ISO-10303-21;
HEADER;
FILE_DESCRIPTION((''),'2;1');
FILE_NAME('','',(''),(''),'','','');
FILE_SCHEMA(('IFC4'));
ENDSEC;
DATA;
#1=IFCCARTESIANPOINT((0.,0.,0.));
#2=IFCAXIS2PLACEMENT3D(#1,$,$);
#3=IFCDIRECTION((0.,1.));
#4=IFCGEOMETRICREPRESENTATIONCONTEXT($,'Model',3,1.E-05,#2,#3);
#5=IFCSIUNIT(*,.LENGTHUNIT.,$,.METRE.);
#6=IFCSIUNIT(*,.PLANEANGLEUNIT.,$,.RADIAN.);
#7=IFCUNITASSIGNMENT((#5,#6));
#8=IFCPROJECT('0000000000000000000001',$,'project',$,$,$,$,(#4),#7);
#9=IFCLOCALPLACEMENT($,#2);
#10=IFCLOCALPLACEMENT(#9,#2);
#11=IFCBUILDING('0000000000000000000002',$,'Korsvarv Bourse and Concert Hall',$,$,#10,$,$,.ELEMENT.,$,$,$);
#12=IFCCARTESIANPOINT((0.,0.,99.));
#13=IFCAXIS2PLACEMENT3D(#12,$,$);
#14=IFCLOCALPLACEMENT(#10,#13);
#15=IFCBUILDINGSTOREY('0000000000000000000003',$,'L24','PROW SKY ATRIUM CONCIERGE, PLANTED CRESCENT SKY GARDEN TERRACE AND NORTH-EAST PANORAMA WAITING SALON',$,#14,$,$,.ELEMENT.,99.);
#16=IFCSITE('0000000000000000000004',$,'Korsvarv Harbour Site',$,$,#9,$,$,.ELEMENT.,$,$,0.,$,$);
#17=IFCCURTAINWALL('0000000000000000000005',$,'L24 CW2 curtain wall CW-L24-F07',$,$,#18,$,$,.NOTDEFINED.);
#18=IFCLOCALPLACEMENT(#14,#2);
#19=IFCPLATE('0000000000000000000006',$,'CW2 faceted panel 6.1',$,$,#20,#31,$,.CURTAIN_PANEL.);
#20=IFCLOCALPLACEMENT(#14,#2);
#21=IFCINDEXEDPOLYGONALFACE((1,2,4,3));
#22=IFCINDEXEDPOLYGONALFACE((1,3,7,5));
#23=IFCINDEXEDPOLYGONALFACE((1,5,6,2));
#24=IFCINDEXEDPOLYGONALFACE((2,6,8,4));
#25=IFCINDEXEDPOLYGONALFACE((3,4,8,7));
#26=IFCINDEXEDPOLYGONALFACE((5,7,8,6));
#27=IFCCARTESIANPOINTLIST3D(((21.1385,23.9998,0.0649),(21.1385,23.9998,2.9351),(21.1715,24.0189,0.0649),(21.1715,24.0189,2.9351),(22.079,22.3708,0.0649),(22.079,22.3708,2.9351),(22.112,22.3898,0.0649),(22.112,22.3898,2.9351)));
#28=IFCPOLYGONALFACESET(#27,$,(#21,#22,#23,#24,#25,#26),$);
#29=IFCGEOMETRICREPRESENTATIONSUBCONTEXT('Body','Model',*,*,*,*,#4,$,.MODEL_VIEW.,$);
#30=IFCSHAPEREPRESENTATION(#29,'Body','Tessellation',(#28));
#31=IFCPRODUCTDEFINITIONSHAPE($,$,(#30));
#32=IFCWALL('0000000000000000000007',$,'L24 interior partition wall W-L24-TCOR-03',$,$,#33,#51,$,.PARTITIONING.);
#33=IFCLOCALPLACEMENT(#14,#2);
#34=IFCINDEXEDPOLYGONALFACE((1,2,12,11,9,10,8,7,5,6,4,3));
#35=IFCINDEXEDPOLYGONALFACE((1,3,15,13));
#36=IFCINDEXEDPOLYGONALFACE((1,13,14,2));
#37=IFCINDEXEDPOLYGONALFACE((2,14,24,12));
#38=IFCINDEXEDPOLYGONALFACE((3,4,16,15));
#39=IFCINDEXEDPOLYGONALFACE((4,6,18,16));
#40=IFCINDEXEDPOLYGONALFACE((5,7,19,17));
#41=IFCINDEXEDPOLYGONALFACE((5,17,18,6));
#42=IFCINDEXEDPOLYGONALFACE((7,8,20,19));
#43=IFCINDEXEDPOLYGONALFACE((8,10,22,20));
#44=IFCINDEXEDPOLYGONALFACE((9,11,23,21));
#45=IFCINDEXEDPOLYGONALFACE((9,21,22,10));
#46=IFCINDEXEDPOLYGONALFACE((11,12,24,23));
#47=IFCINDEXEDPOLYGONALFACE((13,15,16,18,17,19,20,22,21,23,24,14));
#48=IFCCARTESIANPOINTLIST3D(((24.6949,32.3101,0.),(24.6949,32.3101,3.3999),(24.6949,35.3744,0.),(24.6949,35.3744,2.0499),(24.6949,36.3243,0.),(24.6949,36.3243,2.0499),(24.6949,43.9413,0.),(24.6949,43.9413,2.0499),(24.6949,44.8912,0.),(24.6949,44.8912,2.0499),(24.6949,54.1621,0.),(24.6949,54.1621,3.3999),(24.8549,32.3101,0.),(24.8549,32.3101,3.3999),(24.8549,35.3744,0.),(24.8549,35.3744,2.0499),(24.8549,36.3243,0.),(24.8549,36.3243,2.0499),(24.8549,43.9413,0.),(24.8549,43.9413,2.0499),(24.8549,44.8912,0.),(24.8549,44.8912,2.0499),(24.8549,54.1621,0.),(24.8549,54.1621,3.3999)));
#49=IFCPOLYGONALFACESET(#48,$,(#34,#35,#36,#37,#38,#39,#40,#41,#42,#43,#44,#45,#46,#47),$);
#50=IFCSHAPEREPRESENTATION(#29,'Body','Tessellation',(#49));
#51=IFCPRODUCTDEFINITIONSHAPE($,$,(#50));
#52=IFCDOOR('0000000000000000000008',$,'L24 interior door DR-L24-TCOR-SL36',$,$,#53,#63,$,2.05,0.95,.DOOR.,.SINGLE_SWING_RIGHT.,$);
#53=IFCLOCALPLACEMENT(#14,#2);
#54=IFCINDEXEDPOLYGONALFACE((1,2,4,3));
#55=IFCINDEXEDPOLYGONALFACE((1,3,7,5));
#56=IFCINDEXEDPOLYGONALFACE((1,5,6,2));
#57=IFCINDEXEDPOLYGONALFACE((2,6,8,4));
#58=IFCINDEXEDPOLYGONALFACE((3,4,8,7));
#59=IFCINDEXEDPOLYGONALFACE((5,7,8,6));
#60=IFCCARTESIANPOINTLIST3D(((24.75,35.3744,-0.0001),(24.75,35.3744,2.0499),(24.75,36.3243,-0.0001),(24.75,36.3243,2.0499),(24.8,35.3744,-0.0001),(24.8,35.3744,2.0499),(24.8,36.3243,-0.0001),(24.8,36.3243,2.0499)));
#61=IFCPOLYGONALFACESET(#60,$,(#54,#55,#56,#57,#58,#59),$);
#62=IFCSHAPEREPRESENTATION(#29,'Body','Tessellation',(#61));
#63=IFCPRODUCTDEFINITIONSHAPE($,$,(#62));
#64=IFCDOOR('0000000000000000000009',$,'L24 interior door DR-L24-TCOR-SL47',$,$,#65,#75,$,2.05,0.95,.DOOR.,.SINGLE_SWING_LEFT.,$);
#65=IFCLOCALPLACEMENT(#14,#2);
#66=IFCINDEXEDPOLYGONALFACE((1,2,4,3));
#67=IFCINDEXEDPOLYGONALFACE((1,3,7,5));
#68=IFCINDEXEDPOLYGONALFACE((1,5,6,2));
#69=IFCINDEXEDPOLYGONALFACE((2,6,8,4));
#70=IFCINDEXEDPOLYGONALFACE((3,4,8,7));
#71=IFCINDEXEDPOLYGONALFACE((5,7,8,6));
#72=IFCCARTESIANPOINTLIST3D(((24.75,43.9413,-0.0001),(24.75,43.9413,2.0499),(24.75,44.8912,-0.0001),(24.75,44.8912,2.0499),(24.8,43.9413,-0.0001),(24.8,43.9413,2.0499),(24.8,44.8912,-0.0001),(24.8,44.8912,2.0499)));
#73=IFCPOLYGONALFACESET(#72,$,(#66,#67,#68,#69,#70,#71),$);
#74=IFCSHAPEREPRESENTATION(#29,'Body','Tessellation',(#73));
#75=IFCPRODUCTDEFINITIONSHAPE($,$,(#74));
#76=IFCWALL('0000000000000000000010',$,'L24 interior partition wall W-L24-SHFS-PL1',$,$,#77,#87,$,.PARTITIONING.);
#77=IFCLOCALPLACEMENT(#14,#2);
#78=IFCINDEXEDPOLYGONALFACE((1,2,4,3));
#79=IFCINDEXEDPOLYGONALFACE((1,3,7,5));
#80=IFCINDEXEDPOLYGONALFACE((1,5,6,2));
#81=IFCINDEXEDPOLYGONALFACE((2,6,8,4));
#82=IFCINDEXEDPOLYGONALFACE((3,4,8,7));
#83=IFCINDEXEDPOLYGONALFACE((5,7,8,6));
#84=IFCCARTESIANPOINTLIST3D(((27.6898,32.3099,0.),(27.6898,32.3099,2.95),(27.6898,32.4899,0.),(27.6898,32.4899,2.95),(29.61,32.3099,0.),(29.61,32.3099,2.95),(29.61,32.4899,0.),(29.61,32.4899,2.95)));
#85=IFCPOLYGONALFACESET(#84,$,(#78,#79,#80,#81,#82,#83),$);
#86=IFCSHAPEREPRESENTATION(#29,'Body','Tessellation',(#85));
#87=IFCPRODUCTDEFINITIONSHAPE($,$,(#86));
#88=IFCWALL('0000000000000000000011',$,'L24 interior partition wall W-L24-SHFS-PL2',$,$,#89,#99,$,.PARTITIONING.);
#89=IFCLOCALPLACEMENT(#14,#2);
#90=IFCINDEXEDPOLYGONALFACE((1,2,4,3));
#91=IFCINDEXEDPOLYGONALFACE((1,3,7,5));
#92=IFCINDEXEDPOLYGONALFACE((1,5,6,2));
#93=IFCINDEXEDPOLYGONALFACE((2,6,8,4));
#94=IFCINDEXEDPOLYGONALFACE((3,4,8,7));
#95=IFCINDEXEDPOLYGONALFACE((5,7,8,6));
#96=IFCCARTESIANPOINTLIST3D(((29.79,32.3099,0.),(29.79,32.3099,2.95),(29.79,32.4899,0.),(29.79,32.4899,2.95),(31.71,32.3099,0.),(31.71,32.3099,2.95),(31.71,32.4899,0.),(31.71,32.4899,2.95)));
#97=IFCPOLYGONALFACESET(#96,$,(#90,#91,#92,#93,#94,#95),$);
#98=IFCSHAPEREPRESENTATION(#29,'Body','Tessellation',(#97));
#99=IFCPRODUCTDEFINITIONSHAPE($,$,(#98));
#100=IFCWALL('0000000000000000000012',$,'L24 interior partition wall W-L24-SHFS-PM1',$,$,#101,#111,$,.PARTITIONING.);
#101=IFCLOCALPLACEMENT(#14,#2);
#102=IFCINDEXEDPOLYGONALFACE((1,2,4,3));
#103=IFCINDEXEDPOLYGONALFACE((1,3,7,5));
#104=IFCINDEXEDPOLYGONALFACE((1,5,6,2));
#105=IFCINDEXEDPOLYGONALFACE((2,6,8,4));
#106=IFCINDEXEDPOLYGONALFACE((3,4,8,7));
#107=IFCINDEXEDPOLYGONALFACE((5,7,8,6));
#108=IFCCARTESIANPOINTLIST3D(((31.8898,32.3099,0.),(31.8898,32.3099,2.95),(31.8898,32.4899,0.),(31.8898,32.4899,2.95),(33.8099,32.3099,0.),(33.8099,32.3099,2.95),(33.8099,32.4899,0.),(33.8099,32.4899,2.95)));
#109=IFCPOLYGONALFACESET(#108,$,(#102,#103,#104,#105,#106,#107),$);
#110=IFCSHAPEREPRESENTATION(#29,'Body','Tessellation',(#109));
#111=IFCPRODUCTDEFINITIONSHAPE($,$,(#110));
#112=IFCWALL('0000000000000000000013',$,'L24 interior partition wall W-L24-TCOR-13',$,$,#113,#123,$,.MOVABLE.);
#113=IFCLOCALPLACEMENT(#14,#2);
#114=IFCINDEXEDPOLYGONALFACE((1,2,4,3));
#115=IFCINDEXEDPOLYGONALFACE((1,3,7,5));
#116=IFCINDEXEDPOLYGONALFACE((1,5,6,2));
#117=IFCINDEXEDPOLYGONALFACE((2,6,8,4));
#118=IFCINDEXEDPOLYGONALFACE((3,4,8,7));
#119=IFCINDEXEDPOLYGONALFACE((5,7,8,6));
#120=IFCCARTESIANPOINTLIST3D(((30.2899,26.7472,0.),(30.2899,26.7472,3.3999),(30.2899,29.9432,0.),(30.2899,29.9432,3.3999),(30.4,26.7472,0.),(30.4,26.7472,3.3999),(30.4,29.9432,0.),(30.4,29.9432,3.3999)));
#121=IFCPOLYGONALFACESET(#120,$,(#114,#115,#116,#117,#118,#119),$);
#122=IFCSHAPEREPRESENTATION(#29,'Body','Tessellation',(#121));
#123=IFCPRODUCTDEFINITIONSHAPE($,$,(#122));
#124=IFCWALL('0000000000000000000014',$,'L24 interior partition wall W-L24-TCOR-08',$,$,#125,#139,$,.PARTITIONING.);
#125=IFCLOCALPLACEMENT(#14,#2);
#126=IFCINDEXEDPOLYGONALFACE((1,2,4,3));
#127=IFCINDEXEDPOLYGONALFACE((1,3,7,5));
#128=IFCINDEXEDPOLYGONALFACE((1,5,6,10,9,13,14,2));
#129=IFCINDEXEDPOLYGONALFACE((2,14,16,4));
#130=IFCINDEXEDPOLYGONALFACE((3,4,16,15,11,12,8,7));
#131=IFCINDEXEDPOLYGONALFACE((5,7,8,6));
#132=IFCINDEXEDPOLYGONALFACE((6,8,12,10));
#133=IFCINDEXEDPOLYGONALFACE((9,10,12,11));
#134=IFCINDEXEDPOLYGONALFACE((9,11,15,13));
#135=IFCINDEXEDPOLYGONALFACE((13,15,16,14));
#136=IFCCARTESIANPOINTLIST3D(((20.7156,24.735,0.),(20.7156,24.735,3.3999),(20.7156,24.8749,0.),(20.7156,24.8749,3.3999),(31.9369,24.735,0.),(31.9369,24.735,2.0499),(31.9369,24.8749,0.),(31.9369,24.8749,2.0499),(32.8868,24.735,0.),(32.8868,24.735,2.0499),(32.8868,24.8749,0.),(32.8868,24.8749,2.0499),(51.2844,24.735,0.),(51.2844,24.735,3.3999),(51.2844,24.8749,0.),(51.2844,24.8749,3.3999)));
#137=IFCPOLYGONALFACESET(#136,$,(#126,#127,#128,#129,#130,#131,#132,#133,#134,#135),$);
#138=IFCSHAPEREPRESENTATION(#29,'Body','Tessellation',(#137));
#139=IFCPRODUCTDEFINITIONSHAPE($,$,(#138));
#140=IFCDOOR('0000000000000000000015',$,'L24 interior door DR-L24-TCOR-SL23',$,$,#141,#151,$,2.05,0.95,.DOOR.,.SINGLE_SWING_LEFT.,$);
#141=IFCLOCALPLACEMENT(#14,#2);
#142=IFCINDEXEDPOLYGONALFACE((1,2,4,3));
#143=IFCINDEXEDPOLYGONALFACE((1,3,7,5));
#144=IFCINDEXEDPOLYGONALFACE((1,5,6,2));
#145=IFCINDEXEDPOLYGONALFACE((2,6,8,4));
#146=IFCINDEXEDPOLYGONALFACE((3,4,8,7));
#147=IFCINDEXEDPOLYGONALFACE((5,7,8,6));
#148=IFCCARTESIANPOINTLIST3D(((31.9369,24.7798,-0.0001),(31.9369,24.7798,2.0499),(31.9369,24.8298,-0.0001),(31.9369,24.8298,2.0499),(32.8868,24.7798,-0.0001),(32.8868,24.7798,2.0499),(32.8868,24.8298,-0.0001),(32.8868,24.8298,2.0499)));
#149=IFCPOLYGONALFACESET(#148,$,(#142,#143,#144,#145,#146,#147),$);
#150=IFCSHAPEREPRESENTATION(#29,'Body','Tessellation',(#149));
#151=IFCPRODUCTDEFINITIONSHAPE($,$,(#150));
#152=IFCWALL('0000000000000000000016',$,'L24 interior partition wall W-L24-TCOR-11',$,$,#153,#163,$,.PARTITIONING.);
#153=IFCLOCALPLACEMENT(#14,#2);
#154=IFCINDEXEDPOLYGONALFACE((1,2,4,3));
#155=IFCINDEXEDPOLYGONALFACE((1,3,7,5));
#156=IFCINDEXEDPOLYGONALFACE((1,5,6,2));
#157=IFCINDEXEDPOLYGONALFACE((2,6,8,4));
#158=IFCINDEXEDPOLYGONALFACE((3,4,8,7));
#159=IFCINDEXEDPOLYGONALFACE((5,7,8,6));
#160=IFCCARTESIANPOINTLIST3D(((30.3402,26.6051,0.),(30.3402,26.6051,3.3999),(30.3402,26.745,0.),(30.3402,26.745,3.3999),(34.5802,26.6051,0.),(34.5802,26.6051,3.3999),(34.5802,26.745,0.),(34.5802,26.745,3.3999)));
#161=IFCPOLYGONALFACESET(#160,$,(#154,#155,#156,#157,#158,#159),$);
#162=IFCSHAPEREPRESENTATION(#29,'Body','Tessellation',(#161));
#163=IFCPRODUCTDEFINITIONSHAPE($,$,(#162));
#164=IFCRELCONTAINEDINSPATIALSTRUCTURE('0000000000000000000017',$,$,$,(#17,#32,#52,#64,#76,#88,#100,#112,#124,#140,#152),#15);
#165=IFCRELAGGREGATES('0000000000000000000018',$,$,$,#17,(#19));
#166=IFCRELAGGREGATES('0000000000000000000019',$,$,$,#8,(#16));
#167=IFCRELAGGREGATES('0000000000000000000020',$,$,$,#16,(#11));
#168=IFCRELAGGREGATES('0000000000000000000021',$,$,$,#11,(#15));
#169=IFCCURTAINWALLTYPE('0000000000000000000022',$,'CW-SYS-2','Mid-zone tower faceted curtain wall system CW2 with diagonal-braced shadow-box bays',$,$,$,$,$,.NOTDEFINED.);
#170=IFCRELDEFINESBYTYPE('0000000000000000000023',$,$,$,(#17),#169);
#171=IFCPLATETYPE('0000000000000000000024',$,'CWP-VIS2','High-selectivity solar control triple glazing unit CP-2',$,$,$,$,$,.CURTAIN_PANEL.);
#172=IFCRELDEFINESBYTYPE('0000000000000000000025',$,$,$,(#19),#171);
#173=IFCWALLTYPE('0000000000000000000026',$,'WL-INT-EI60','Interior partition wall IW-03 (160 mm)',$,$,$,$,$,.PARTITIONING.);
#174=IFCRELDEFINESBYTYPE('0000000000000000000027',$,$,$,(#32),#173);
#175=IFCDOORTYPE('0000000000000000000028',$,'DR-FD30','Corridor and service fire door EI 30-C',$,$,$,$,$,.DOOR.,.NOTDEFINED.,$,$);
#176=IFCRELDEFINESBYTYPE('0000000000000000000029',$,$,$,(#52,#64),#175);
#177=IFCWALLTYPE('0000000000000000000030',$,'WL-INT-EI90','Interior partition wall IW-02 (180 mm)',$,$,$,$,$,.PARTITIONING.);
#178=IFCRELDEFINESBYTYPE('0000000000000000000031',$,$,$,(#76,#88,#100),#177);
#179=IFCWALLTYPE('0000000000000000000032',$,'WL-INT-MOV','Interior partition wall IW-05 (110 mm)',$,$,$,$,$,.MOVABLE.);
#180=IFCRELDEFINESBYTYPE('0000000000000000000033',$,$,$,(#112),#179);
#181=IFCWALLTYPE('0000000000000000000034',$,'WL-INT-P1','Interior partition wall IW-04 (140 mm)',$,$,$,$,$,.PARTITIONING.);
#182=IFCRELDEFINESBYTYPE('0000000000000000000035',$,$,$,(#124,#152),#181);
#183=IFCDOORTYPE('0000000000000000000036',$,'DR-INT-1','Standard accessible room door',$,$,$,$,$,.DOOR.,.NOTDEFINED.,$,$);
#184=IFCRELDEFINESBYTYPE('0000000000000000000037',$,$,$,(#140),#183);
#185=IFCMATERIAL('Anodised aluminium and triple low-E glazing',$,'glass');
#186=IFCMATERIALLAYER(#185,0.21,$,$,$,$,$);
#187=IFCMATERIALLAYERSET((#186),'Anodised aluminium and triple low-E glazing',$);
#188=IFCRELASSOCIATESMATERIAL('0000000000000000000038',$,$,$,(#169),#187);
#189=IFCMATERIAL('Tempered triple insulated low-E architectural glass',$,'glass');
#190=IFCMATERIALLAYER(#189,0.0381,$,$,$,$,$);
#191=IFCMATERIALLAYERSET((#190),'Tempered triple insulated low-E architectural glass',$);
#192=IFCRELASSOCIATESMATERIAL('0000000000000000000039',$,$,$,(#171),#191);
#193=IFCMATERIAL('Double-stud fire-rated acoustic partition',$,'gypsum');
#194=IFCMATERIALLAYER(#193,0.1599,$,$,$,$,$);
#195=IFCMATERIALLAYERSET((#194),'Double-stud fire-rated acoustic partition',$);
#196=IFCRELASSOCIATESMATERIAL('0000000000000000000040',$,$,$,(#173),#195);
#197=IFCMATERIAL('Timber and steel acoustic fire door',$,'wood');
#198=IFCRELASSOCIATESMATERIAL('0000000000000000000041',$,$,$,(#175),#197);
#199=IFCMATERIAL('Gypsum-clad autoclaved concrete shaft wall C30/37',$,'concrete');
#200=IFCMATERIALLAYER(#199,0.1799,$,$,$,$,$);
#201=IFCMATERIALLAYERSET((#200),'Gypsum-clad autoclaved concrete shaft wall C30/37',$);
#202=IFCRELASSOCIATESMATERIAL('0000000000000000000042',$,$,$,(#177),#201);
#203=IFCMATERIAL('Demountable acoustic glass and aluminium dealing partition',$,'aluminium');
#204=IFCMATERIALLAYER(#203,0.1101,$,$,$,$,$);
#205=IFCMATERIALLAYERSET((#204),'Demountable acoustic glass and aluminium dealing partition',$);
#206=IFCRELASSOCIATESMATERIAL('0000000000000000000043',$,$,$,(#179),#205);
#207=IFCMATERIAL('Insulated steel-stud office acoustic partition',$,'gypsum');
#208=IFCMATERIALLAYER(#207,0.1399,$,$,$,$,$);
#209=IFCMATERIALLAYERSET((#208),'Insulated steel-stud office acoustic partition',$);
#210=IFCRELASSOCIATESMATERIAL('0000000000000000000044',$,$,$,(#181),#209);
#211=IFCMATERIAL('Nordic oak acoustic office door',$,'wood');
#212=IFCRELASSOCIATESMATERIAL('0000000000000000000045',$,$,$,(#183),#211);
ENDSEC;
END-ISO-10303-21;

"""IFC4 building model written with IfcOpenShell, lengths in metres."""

from ifc_helpers import new_model, si_unit, direction, frame, frame_2d, origin, origin_2d, place, context, subcontext, project, spatial, rectangle, extrude, source, transform, mapped, material, layer, layer_set, type_object, element, fill, aggregate, save


model = new_model("IFC4")

# Units and contexts
model_context = context("Model", 3, precision=1e-05, world=origin(), true_north=direction((0.0, 1.0)))
body_context = subcontext(model_context, "Body", "Model", "MODEL_VIEW")
ifc_project = project(units=[si_unit("LENGTHUNIT", "METRE"), si_unit("PLANEANGLEUNIT", "RADIAN")], contexts=[model_context])

# Site, building, storey
site_placement = place(None, origin())
site = spatial("IfcSite", under=ifc_project, at=site_placement, Name="Korsvarv Harbour Site", CompositionType="ELEMENT", RefElevation=0.0)
building_placement = place(site_placement, origin())
building = spatial("IfcBuilding", under=site, at=building_placement, Name="Korsvarv Bourse and Concert Hall", CompositionType="ELEMENT")
storey_placement = place(building_placement, frame((0.0, 0.0, 99.0)))
storey = spatial("IfcBuildingStorey", under=building, at=storey_placement, Name="L24", Description="PROW SKY ATRIUM CONCIERGE, PLANTED CRESCENT SKY GARDEN TERRACE AND NORTH-EAST PANORAMA WAITING SALON", CompositionType="ELEMENT", Elevation=99.0)

# Curtain wall, plate
ifc_material_1 = material(Name="Anodised aluminium and triple low-E glazing", Category="glass")
ifc_layer_1 = layer(ifc_material_1, 0.21)
ifc_layer_set_1 = layer_set([ifc_layer_1], Name="Anodised aluminium and triple low-E glazing")
curtain_wall_type = type_object("IfcCurtainWallType", Name="CW-SYS-2", Description="Mid-zone tower faceted curtain wall system CW2 with diagonal-braced shadow-box bays", PredefinedType="NOTDEFINED", material=ifc_layer_set_1)
curtain_wall_placement = place(storey_placement, origin())
curtain_wall = element("IfcCurtainWall", 1, at=curtain_wall_placement, inside=storey, type_object=curtain_wall_type, Name="L24 CW2 curtain wall CW-L24-F07", PredefinedType="NOTDEFINED")
ifc_material_2 = material(Name="Tempered triple insulated low-E architectural glass", Category="glass")
ifc_layer_2 = layer(ifc_material_2, 0.0381)
ifc_layer_set_2 = layer_set([ifc_layer_2], Name="Tempered triple insulated low-E architectural glass")
plate_type = type_object("IfcPlateType", Name="CWP-VIS2", Description="High-selectivity solar control triple glazing unit CP-2", PredefinedType="CURTAIN_PANEL", material=ifc_layer_set_2)
shared_shape_1 = source(origin(), body_context, "Body", "SweptSolid", [
    extrude(rectangle(XDim=1.8811, YDim=0.0381, at=origin_2d()), origin(), (0.0, 0.0, 1.0), 2.8701),
])
plate_placement = place(storey_placement, frame((21.6252, 23.1948, 0.0649), z_axis=(0.0, 0.0, 1.0), x_axis=(0.500002, -0.866024, 0.0)))
plate = element("IfcPlate", 2, at=plate_placement, type_object=plate_type, Name="CW2 faceted panel 6.1", PredefinedType="CURTAIN_PANEL", context=body_context, shape_type="MappedRepresentation", body=[
    mapped(shared_shape_1, transform((0.0, 0.0, 0.0), scale=1.0)),
])
aggregate(curtain_wall, [plate])

# Wall, openings, doors
ifc_material_3 = material(Name="Double-stud fire-rated acoustic partition", Category="gypsum")
ifc_layer_3 = layer(ifc_material_3, 0.1599)
ifc_layer_set_3 = layer_set([ifc_layer_3], Name="Double-stud fire-rated acoustic partition")
wall_type_1 = type_object("IfcWallType", Name="WL-INT-EI60", Description="Interior partition wall IW-03 (160 mm)", PredefinedType="PARTITIONING", material=ifc_layer_set_3)
wall_1_placement = place(storey_placement, frame((24.7749, 32.3101, 0.0), z_axis=(0.0, 0.0, 1.0), x_axis=(0.0, 1.0, 0.0)))
wall_1 = element("IfcWall", 3, at=wall_1_placement, inside=storey, type_object=wall_type_1, Name="L24 interior partition wall W-L24-TCOR-03", PredefinedType="PARTITIONING", context=body_context, shape_type="SweptSolid", body=[
    extrude(rectangle(XDim=21.8521, YDim=0.1599, at=frame_2d((10.926, 0.0))), origin(), (0.0, 0.0, 1.0), 3.3999),
])
opening_1_placement = place(wall_1_placement, frame((3.0642, 0.0, 0.0)))
opening_1 = element("IfcOpeningElement", 4, at=opening_1_placement, cuts=wall_1, PredefinedType="OPENING", context=body_context, shape_type="SweptSolid", body=[
    extrude(rectangle(XDim=0.95, YDim=2.05, at=frame_2d((0.4751, 1.0249))), frame((0.0, 0.0898, 0.0), z_axis=(0.0, -1.0, 0.0), x_axis=(1.0, 0.0, 0.0)), (0.0, 0.0, 1.0), 0.1799),
])
opening_2_placement = place(wall_1_placement, frame((11.6311, 0.0, 0.0)))
opening_2 = element("IfcOpeningElement", 5, at=opening_2_placement, cuts=wall_1, PredefinedType="OPENING", context=body_context, shape_type="SweptSolid", body=[
    extrude(rectangle(XDim=0.95, YDim=2.05, at=frame_2d((0.4751, 1.0249))), frame((0.0, 0.0898, 0.0), z_axis=(0.0, -1.0, 0.0), x_axis=(1.0, 0.0, 0.0)), (0.0, 0.0, 1.0), 0.1799),
])
ifc_material_4 = material(Name="Timber and steel acoustic fire door", Category="wood")
door_type_1 = type_object("IfcDoorType", Name="DR-FD30", Description="Corridor and service fire door EI 30-C", OperationType="NOTDEFINED", PredefinedType="DOOR", material=ifc_material_4)
door_1_placement = place(opening_1_placement, origin())
door_1 = element("IfcDoor", 6, at=door_1_placement, inside=storey, type_object=door_type_1, Name="L24 interior door DR-L24-TCOR-SL36", OperationType="SINGLE_SWING_RIGHT", OverallHeight=2.05, OverallWidth=0.95, PredefinedType="DOOR", context=body_context, shape_type="SweptSolid", body=[
    extrude(rectangle(XDim=0.95, YDim=2.05, at=frame_2d((0.4751, 1.0249))), frame((0.0, 0.0249, 0.0), z_axis=(0.0, -1.0, 0.0), x_axis=(1.0, 0.0, 0.0)), (0.0, 0.0, 1.0), 0.05),
])
fill(opening_1, door_1)
door_2_placement = place(opening_2_placement, origin())
door_2 = element("IfcDoor", 7, at=door_2_placement, inside=storey, type_object=door_type_1, Name="L24 interior door DR-L24-TCOR-SL47", OperationType="SINGLE_SWING_LEFT", OverallHeight=2.05, OverallWidth=0.95, PredefinedType="DOOR", context=body_context, shape_type="SweptSolid", body=[
    extrude(rectangle(XDim=0.95, YDim=2.05, at=frame_2d((0.4751, 1.0249))), frame((0.0, 0.0249, 0.0), z_axis=(0.0, -1.0, 0.0), x_axis=(1.0, 0.0, 0.0)), (0.0, 0.0, 1.0), 0.05),
])
fill(opening_2, door_2)

# Walls
ifc_material_5 = material(Name="Gypsum-clad autoclaved concrete shaft wall C30/37", Category="concrete")
ifc_layer_4 = layer(ifc_material_5, 0.1799)
ifc_layer_set_4 = layer_set([ifc_layer_4], Name="Gypsum-clad autoclaved concrete shaft wall C30/37")
wall_type_2 = type_object("IfcWallType", Name="WL-INT-EI90", Description="Interior partition wall IW-02 (180 mm)", PredefinedType="PARTITIONING", material=ifc_layer_set_4)
wall_2_placement = place(storey_placement, frame((27.6899, 32.3999, 0.0), z_axis=(0.0, 0.0, 1.0), x_axis=(1.0, 0.0, 0.0)))
element("IfcWall", 8, at=wall_2_placement, inside=storey, type_object=wall_type_2, Name="L24 interior partition wall W-L24-SHFS-PL1", PredefinedType="PARTITIONING", context=body_context, shape_type="SweptSolid", body=[
    extrude(rectangle(XDim=1.9202, YDim=0.1799, at=frame_2d((0.96, 0.0))), origin(), (0.0, 0.0, 1.0), 2.95),
])
wall_3_placement = place(storey_placement, frame((29.79, 32.3999, 0.0), z_axis=(0.0, 0.0, 1.0), x_axis=(1.0, 0.0, 0.0)))
element("IfcWall", 9, at=wall_3_placement, inside=storey, type_object=wall_type_2, Name="L24 interior partition wall W-L24-SHFS-PL2", PredefinedType="PARTITIONING", context=body_context, shape_type="SweptSolid", body=[
    extrude(rectangle(XDim=1.9199, YDim=0.1799, at=frame_2d((0.96, 0.0))), origin(), (0.0, 0.0, 1.0), 2.95),
])
wall_4_placement = place(storey_placement, frame((31.8899, 32.3999, 0.0), z_axis=(0.0, 0.0, 1.0), x_axis=(1.0, 0.0, 0.0)))
element("IfcWall", 10, at=wall_4_placement, inside=storey, type_object=wall_type_2, Name="L24 interior partition wall W-L24-SHFS-PM1", PredefinedType="PARTITIONING", context=body_context, shape_type="SweptSolid", body=[
    extrude(rectangle(XDim=1.9202, YDim=0.1799, at=frame_2d((0.96, 0.0))), origin(), (0.0, 0.0, 1.0), 2.95),
])
ifc_material_6 = material(Name="Demountable acoustic glass and aluminium dealing partition", Category="aluminium")
ifc_layer_5 = layer(ifc_material_6, 0.1101)
ifc_layer_set_5 = layer_set([ifc_layer_5], Name="Demountable acoustic glass and aluminium dealing partition")
wall_type_3 = type_object("IfcWallType", Name="WL-INT-MOV", Description="Interior partition wall IW-05 (110 mm)", PredefinedType="MOVABLE", material=ifc_layer_set_5)
wall_5_placement = place(storey_placement, frame((30.345, 26.7471, 0.0), z_axis=(0.0, 0.0, 1.0), x_axis=(0.0, 1.0, 0.0)))
element("IfcWall", 11, at=wall_5_placement, inside=storey, type_object=wall_type_3, Name="L24 interior partition wall W-L24-TCOR-13", PredefinedType="MOVABLE", context=body_context, shape_type="SweptSolid", body=[
    extrude(rectangle(XDim=3.196, YDim=0.1101, at=frame_2d((1.5981, 0.0))), origin(), (0.0, 0.0, 1.0), 3.3999),
])

# Wall, opening, door
ifc_material_7 = material(Name="Insulated steel-stud office acoustic partition", Category="gypsum")
ifc_layer_6 = layer(ifc_material_7, 0.1399)
ifc_layer_set_6 = layer_set([ifc_layer_6], Name="Insulated steel-stud office acoustic partition")
wall_type_4 = type_object("IfcWallType", Name="WL-INT-P1", Description="Interior partition wall IW-04 (140 mm)", PredefinedType="PARTITIONING", material=ifc_layer_set_6)
wall_6_placement = place(storey_placement, frame((20.7156, 24.8049, 0.0), z_axis=(0.0, 0.0, 1.0), x_axis=(1.0, 0.0, 0.0)))
wall_6 = element("IfcWall", 12, at=wall_6_placement, inside=storey, type_object=wall_type_4, Name="L24 interior partition wall W-L24-TCOR-08", PredefinedType="PARTITIONING", context=body_context, shape_type="SweptSolid", body=[
    extrude(rectangle(XDim=30.5688, YDim=0.1399, at=frame_2d((15.2844, 0.0))), origin(), (0.0, 0.0, 1.0), 3.3999),
])
opening_3_placement = place(wall_6_placement, frame((11.2212, 0.0, 0.0)))
opening_3 = element("IfcOpeningElement", 13, at=opening_3_placement, cuts=wall_6, PredefinedType="OPENING", context=body_context, shape_type="SweptSolid", body=[
    extrude(rectangle(XDim=0.95, YDim=2.05, at=frame_2d((0.4751, 1.0249))), frame((0.0, 0.0801, 0.0), z_axis=(0.0, -1.0, 0.0), x_axis=(1.0, 0.0, 0.0)), (0.0, 0.0, 1.0), 0.1599),
])
ifc_material_8 = material(Name="Nordic oak acoustic office door", Category="wood")
door_type_2 = type_object("IfcDoorType", Name="DR-INT-1", Description="Standard accessible room door", OperationType="NOTDEFINED", PredefinedType="DOOR", material=ifc_material_8)
door_3_placement = place(opening_3_placement, origin())
door_3 = element("IfcDoor", 14, at=door_3_placement, inside=storey, type_object=door_type_2, Name="L24 interior door DR-L24-TCOR-SL23", OperationType="SINGLE_SWING_LEFT", OverallHeight=2.05, OverallWidth=0.95, PredefinedType="DOOR", context=body_context, shape_type="SweptSolid", body=[
    extrude(rectangle(XDim=0.95, YDim=2.05, at=frame_2d((0.4751, 1.0249))), frame((0.0, 0.0249, 0.0), z_axis=(0.0, -1.0, 0.0), x_axis=(1.0, 0.0, 0.0)), (0.0, 0.0, 1.0), 0.05),
])
fill(opening_3, door_3)

# Wall
wall_7_placement = place(storey_placement, frame((30.3401, 26.675, 0.0), z_axis=(0.0, 0.0, 1.0), x_axis=(1.0, 0.0, 0.0)))
element("IfcWall", 15, at=wall_7_placement, inside=storey, type_object=wall_type_4, Name="L24 interior partition wall W-L24-TCOR-11", PredefinedType="PARTITIONING", context=body_context, shape_type="SweptSolid", body=[
    extrude(rectangle(XDim=4.24, YDim=0.1399, at=frame_2d((2.1201, 0.0))), origin(), (0.0, 0.0, 1.0), 3.3999),
])

save(model, "model.ifc")
